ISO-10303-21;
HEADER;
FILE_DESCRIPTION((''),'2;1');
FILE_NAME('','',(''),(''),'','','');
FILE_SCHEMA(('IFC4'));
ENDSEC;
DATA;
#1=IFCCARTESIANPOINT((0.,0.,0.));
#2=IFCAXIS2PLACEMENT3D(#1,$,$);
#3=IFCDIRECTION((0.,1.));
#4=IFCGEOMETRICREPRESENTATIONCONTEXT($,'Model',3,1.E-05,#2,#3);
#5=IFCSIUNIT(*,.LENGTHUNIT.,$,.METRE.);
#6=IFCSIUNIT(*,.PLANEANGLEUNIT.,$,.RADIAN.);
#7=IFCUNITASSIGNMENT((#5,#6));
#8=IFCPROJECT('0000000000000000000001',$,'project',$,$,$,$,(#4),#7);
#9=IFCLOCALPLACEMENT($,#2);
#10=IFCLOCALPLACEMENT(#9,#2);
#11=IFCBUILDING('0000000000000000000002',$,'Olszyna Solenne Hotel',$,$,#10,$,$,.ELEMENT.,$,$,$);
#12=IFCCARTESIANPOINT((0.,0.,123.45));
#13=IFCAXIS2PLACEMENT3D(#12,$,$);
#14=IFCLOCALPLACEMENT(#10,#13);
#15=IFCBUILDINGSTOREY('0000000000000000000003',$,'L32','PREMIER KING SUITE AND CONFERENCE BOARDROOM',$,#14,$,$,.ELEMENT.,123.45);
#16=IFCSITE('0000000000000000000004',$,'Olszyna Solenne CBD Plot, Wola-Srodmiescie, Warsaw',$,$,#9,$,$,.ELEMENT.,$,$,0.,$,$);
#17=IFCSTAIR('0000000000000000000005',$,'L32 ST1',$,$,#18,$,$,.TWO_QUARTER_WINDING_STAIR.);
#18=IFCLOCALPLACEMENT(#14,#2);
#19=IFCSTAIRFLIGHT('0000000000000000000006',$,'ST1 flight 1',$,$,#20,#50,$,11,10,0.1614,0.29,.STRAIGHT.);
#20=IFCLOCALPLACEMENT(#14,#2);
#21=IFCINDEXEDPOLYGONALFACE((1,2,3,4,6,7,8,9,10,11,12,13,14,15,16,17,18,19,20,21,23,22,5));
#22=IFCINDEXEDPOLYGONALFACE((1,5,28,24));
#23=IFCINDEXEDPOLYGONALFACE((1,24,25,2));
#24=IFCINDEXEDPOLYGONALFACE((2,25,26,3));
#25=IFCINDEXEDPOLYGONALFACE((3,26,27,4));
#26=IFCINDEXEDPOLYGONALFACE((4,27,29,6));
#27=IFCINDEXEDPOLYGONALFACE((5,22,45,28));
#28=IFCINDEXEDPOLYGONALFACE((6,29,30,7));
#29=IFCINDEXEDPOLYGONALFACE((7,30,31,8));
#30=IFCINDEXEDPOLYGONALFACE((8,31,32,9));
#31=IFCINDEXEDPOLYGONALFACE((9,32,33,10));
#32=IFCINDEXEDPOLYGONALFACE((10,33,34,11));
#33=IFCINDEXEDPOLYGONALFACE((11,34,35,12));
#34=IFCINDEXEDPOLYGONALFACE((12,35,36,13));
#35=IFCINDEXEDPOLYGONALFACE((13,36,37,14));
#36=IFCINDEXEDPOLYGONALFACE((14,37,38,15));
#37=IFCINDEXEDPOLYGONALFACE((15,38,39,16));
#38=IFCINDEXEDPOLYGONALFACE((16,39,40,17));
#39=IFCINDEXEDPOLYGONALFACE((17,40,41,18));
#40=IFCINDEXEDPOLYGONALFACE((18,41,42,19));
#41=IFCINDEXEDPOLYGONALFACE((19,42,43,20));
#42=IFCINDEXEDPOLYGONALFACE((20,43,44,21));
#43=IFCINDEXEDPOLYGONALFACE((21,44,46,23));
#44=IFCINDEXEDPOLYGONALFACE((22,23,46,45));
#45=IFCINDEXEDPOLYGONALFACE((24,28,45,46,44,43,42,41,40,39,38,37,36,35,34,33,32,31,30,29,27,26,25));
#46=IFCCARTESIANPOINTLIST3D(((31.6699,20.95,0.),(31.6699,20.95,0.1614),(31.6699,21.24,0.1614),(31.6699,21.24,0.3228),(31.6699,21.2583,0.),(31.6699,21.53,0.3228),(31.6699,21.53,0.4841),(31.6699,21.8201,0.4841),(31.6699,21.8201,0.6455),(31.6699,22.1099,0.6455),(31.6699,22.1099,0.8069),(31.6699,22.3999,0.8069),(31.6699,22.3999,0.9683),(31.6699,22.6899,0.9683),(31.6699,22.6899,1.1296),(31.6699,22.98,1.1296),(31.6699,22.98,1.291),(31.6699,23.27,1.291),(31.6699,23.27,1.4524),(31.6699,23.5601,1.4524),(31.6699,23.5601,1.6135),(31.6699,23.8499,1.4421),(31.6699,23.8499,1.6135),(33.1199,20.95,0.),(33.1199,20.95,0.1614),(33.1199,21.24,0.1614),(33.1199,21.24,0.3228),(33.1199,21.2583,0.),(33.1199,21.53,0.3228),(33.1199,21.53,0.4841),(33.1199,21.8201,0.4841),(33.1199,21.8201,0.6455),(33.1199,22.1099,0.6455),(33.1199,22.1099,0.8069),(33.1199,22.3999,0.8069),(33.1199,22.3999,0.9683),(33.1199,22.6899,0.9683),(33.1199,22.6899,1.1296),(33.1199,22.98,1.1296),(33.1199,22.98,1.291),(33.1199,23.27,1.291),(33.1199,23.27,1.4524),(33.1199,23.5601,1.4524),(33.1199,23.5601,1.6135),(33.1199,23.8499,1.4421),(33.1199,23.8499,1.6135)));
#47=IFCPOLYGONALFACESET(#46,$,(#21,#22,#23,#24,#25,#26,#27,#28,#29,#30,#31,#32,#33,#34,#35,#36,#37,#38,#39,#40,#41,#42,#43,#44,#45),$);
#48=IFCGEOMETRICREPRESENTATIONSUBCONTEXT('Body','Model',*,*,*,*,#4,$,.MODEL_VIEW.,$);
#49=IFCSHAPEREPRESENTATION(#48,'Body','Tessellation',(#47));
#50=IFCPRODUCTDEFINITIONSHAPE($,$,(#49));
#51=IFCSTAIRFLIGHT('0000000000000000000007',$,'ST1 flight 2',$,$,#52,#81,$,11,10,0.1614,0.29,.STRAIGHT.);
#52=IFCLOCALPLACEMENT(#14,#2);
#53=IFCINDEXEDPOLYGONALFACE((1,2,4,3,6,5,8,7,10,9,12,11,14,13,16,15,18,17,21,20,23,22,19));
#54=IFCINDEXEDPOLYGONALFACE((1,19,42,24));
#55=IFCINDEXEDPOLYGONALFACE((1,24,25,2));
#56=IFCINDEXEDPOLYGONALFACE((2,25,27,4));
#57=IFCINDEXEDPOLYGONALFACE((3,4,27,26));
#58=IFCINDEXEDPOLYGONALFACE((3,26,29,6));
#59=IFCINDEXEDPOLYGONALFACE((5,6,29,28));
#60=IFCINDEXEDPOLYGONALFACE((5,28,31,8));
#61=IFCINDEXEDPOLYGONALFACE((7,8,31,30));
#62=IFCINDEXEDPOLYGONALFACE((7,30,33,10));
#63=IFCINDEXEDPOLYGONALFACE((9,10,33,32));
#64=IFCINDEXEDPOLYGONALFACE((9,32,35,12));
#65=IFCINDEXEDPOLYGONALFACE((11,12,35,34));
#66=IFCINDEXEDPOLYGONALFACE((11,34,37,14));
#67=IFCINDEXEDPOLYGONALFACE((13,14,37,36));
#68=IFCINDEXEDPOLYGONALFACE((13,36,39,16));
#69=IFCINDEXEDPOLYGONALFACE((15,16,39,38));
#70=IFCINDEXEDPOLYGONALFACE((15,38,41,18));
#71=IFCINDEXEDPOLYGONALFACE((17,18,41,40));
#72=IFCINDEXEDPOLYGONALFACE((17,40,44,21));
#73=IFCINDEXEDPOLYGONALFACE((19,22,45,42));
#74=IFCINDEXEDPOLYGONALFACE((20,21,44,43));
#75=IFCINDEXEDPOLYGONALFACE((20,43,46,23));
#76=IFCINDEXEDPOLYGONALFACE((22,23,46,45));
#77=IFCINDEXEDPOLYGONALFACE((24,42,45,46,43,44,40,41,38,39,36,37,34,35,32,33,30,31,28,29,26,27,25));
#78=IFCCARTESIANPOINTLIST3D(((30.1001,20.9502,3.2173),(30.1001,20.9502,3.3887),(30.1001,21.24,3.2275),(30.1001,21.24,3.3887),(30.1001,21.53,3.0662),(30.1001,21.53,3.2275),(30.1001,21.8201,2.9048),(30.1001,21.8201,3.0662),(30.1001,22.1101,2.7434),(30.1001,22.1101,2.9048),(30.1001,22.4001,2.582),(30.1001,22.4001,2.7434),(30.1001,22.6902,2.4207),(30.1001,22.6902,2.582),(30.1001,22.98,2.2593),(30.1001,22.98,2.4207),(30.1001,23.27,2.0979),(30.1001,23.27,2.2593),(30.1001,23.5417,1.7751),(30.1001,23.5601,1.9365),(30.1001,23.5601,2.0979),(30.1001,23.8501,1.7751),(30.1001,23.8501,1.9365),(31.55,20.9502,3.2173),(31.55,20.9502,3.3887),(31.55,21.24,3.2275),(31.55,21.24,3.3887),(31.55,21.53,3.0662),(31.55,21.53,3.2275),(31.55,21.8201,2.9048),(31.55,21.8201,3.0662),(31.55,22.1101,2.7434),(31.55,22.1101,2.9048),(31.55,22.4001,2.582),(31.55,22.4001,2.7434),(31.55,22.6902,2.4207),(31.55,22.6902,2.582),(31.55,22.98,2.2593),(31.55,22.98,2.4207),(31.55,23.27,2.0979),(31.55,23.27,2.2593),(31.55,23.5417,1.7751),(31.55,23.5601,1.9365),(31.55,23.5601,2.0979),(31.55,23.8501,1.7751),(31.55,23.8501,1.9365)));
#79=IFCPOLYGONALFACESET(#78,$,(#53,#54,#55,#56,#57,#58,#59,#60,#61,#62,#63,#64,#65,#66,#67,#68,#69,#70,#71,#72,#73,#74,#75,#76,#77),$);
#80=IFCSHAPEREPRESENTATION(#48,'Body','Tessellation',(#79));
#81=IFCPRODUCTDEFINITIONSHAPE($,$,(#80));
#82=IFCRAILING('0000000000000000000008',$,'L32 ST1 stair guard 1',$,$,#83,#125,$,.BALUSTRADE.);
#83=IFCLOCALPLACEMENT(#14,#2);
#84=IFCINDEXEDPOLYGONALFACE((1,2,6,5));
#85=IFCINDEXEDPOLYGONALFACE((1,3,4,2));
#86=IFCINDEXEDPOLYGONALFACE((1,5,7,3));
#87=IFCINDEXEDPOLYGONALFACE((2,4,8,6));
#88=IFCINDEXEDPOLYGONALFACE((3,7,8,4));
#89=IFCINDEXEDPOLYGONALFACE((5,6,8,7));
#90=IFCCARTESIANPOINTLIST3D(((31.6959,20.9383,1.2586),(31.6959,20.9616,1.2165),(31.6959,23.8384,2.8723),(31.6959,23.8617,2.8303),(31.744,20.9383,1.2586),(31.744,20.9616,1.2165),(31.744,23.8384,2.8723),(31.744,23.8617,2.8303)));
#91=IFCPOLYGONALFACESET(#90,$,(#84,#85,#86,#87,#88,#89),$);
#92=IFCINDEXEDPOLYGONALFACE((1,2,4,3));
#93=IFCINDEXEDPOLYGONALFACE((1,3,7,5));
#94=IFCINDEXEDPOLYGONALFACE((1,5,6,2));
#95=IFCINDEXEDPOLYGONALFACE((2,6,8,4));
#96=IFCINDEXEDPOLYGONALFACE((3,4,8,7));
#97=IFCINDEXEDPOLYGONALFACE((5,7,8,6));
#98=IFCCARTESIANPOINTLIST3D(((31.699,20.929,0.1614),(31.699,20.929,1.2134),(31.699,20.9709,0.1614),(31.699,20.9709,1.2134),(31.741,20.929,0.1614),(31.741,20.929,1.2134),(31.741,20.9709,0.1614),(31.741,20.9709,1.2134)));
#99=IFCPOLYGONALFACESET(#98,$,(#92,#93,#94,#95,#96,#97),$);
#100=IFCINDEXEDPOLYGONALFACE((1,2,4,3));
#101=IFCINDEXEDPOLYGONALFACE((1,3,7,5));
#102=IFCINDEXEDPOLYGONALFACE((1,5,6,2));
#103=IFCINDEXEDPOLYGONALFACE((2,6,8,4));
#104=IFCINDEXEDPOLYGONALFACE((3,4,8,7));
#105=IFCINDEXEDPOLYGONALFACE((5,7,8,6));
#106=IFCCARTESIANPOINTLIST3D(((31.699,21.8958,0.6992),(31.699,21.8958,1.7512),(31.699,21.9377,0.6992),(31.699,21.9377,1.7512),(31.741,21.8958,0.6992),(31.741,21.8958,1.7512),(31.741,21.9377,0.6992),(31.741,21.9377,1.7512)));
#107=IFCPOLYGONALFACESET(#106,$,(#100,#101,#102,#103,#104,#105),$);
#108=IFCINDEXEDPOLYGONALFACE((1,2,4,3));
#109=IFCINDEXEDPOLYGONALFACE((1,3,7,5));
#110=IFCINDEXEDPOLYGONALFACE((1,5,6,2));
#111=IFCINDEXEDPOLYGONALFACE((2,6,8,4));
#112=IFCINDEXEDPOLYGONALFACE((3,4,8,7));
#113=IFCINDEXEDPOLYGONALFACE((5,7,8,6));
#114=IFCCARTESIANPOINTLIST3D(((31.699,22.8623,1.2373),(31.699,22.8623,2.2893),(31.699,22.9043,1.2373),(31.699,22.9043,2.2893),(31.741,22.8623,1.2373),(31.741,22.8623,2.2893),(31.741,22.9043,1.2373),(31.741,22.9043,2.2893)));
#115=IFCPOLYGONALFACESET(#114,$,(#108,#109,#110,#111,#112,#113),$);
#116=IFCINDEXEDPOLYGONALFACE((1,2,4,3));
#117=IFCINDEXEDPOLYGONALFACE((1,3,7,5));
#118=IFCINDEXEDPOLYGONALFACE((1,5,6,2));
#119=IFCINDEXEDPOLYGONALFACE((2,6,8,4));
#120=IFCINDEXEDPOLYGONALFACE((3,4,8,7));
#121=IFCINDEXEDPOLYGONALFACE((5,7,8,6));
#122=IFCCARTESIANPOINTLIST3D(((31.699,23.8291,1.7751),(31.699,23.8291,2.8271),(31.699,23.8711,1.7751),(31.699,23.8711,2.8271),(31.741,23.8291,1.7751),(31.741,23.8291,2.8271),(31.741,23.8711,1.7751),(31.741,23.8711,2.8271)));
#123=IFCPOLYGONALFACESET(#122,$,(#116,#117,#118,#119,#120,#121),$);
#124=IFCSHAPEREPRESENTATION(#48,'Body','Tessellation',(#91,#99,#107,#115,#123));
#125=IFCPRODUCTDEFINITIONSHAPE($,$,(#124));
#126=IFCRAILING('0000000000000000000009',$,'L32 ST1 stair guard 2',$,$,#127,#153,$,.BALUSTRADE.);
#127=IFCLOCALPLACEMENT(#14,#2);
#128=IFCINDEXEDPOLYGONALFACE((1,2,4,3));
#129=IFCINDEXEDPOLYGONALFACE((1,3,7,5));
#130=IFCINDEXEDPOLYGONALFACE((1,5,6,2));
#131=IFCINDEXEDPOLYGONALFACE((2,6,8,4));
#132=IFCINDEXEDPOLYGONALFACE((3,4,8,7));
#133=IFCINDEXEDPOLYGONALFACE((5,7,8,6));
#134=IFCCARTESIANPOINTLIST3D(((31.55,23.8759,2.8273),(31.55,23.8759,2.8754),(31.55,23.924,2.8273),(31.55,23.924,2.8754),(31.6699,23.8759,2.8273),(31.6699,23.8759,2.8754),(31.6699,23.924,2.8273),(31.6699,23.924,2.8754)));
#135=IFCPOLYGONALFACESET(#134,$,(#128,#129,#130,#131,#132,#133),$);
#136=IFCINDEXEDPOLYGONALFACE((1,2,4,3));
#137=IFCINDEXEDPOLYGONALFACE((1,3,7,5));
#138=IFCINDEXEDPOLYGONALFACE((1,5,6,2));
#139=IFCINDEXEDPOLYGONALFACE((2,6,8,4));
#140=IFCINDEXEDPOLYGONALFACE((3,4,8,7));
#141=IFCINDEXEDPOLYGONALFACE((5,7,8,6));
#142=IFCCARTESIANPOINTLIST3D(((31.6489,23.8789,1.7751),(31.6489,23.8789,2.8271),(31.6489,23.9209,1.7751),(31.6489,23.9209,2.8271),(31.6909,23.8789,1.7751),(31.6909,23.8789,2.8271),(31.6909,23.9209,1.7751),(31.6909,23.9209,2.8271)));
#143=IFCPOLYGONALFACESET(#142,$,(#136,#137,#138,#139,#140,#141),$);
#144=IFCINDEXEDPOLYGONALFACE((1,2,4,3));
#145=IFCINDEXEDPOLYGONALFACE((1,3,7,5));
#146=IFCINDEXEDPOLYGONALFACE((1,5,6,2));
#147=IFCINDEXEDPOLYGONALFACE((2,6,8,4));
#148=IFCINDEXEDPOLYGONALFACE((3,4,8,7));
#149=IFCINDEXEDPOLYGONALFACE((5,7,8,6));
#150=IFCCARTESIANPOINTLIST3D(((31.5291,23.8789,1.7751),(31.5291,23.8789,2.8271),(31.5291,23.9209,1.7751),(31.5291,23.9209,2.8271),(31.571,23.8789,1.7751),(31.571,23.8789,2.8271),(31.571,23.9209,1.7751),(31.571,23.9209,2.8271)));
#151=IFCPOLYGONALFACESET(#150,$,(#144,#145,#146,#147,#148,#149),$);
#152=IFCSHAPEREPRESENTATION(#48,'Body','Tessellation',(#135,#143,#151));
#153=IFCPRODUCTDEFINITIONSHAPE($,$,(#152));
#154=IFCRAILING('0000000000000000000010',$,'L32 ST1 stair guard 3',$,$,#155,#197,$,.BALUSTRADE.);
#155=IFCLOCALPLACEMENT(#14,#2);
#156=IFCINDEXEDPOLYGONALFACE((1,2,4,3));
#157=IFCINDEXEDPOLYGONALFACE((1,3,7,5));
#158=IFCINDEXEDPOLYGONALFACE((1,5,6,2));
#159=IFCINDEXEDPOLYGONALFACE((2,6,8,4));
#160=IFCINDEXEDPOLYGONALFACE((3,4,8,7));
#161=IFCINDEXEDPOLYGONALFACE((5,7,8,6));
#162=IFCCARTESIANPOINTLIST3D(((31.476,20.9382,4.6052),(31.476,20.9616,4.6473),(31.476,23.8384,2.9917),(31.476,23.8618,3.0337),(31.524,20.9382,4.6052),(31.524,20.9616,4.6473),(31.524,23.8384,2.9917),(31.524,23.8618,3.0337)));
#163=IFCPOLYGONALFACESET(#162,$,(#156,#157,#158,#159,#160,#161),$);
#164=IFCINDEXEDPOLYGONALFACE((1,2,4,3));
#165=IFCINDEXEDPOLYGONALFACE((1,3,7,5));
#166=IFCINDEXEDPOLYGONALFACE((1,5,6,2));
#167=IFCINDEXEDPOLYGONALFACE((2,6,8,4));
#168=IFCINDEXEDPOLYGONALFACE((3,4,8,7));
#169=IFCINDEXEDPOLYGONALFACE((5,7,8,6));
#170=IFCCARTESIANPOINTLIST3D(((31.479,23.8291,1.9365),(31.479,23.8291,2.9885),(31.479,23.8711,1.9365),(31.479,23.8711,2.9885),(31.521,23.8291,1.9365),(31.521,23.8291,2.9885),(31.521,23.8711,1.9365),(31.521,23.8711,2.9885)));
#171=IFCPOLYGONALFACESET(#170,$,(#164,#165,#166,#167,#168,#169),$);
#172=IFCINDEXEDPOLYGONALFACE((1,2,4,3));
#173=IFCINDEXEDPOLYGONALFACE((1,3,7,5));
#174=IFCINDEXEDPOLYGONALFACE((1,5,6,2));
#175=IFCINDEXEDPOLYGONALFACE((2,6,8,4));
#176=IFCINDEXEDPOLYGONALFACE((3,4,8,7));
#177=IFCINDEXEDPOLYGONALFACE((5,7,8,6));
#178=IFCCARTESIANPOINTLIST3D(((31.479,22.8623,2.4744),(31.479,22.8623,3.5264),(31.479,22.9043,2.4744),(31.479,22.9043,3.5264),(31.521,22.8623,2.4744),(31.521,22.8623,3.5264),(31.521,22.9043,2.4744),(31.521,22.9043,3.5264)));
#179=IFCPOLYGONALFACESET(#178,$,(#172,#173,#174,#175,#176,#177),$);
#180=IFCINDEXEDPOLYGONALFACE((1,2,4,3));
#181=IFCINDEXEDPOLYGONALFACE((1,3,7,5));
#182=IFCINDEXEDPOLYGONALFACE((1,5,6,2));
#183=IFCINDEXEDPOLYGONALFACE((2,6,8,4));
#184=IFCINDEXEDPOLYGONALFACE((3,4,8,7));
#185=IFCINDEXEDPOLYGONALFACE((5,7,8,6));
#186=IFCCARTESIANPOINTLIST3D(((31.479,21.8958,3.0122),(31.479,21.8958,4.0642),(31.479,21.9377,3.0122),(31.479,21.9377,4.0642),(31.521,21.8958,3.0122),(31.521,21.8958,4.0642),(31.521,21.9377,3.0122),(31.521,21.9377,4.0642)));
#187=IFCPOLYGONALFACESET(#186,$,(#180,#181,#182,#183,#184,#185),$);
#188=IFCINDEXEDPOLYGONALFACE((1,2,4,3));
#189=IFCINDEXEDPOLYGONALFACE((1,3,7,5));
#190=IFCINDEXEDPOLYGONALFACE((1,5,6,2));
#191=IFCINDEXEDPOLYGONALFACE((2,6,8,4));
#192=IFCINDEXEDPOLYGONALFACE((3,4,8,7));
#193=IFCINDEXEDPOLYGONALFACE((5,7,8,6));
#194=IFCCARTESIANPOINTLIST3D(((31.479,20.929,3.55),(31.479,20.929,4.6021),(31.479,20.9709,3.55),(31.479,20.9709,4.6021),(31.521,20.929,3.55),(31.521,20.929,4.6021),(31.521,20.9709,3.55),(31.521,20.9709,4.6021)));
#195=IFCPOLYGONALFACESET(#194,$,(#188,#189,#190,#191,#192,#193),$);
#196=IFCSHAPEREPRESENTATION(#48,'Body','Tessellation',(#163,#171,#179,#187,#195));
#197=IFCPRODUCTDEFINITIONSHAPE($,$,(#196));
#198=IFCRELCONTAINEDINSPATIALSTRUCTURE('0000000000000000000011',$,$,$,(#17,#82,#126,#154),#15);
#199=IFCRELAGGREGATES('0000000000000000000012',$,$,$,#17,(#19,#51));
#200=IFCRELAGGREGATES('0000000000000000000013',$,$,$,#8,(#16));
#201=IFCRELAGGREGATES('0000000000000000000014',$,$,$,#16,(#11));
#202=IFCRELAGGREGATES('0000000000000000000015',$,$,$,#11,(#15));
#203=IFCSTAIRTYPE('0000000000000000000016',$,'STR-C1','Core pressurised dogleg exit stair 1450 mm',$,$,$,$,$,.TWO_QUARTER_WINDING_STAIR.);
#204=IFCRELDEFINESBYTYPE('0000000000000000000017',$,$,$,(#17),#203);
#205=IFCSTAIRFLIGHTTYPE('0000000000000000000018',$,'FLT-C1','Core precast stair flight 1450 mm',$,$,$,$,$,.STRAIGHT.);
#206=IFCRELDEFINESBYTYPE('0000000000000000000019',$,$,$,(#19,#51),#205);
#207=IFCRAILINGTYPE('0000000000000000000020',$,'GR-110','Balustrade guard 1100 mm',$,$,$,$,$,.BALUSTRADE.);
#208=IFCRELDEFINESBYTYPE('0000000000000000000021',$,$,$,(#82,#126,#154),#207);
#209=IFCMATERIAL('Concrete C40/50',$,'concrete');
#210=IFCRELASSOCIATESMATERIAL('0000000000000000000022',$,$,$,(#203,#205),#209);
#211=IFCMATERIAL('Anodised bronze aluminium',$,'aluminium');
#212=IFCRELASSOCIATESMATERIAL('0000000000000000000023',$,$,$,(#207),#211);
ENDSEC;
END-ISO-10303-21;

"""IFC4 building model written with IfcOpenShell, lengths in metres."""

from ifc_helpers import new_model, si_unit, direction, frame, origin, origin_2d, place, context, subcontext, project, spatial, polyline, rectangle, outline, extrude, material, type_object, element, aggregate, save


model = new_model("IFC4")

# Units and contexts
model_context = context("Model", 3, precision=1e-05, world=origin(), true_north=direction((0.0, 1.0)))
body_context = subcontext(model_context, "Body", "Model", "MODEL_VIEW")
ifc_project = project(units=[si_unit("LENGTHUNIT", "METRE"), si_unit("PLANEANGLEUNIT", "RADIAN")], contexts=[model_context])

# Site, building, storey
site_placement = place(None, origin())
site = spatial("IfcSite", under=ifc_project, at=site_placement, Name="Olszyna Solenne CBD Plot, Wola-Srodmiescie, Warsaw", CompositionType="ELEMENT", RefElevation=0.0)
building_placement = place(site_placement, origin())
building = spatial("IfcBuilding", under=site, at=building_placement, Name="Olszyna Solenne Hotel", CompositionType="ELEMENT")
storey_placement = place(building_placement, frame((0.0, 0.0, 123.45)))
storey = spatial("IfcBuildingStorey", under=building, at=storey_placement, Name="L32", Description="PREMIER KING SUITE AND CONFERENCE BOARDROOM", CompositionType="ELEMENT", Elevation=123.45)

# Shared definitions
ifc_material_1 = material(Name="Anodised bronze aluminium", Category="aluminium")

# Stair, stair flights
ifc_material_2 = material(Name="Concrete C40/50", Category="concrete")
stair_type = type_object("IfcStairType", Name="STR-C1", Description="Core pressurised dogleg exit stair 1450 mm", PredefinedType="TWO_QUARTER_WINDING_STAIR", material=ifc_material_2)
stair_placement = place(storey_placement, origin())
stair = element("IfcStair", 1, at=stair_placement, inside=storey, type_object=stair_type, Name="L32 ST1", PredefinedType="TWO_QUARTER_WINDING_STAIR")
stair_flight_type = type_object("IfcStairFlightType", Name="FLT-C1", Description="Core precast stair flight 1450 mm", PredefinedType="STRAIGHT", material=ifc_material_2)
stair_flight_1_placement = place(storey_placement, frame((32.395, 20.95, 0.0), z_axis=(0.0, 0.0, 1.0), x_axis=(0.0, 1.0, 0.0)))
stair_flight_1 = element("IfcStairFlight", 2, at=stair_flight_1_placement, type_object=stair_flight_type, Name="ST1 flight 1", NumberOfRisers=11, NumberOfTreads=10, PredefinedType="STRAIGHT", RiserHeight=0.1614, TreadLength=0.29, context=body_context, shape_type="SweptSolid", body=[
    extrude(outline(polyline([(0.0, 0.0), (0.0, 0.1614), (0.29, 0.1614), (0.29, 0.3228), (0.5801, 0.3228), (0.5801, 0.4841), (0.8701, 0.4841), (0.8701, 0.6455), (1.1599, 0.6455), (1.1599, 0.8069), (1.45, 0.8069), (1.45, 0.9683), (1.74, 0.9683), (1.74, 1.1296), (2.03, 1.1296), (2.03, 1.291), (2.3201, 1.291), (2.3201, 1.4524), (2.6101, 1.4524), (2.6101, 1.6135), (2.8999, 1.6135), (2.8999, 1.7749), (2.8999, 1.4421), (0.3083, 0.0), (0.0, 0.0)])), frame((0.0, 0.7251, 0.0), z_axis=(0.0, -1.0, 0.0), x_axis=(1.0, 0.0, 0.0)), (0.0, 0.0, 1.0), 1.45),
])
stair_flight_2_placement = place(storey_placement, frame((30.825, 23.8501, 1.7751), z_axis=(0.0, 0.0, 1.0), x_axis=(0.0, -1.0, 0.0)))
stair_flight_2 = element("IfcStairFlight", 3, at=stair_flight_2_placement, type_object=stair_flight_type, Name="ST1 flight 2", NumberOfRisers=11, NumberOfTreads=10, PredefinedType="STRAIGHT", RiserHeight=0.1614, TreadLength=0.29, context=body_context, shape_type="SweptSolid", body=[
    extrude(outline(polyline([(0.0, 0.0), (0.0, 0.1614), (0.29, 0.1614), (0.29, 0.3228), (0.5801, 0.3228), (0.5801, 0.4841), (0.8701, 0.4841), (0.8701, 0.6455), (1.1599, 0.6455), (1.1599, 0.8069), (1.45, 0.8069), (1.45, 0.9683), (1.74, 0.9683), (1.74, 1.1296), (2.03, 1.1296), (2.03, 1.291), (2.3201, 1.291), (2.3201, 1.4524), (2.6101, 1.4524), (2.6101, 1.6135), (2.8999, 1.6135), (2.8999, 1.7749), (2.8999, 1.4421), (0.3083, 0.0), (0.0, 0.0)])), frame((0.0, 0.7251, 0.0), z_axis=(0.0, -1.0, 0.0), x_axis=(1.0, 0.0, 0.0)), (0.0, 0.0, 1.0), 1.45),
])
aggregate(stair, [stair_flight_1, stair_flight_2])

# Railings
railing_type_1 = type_object("IfcRailingType", Name="GR-110", Description="Balustrade guard 1100 mm", PredefinedType="BALUSTRADE", material=ifc_material_1)
railing_1_placement = place(storey_placement, frame((31.72, 20.95, 0.1614)))
element("IfcRailing", 4, at=railing_1_placement, inside=storey, type_object=railing_type_1, Name="L32 ST1 stair guard 1", PredefinedType="BALUSTRADE", context=body_context, shape_type="SweptSolid", body=[
    extrude(rectangle(XDim=0.0481, YDim=0.0481, at=origin_2d()), frame((0.0, 0.0, 1.0762), z_axis=(0.0, 0.873827, 0.486236), x_axis=(-1.0, 0.0, 0.0)), (0.0, 0.0, 1.0), 3.3188),
    extrude(rectangle(XDim=0.042, YDim=0.042, at=origin_2d()), origin(), (0.0, 0.0, 1.0), 1.052),
    extrude(rectangle(XDim=0.042, YDim=0.042, at=origin_2d()), frame((0.0, 0.9668, 0.5378)), (0.0, 0.0, 1.0), 1.052),
    extrude(rectangle(XDim=0.042, YDim=0.042, at=origin_2d()), frame((0.0, 1.9333, 1.0759)), (0.0, 0.0, 1.0), 1.052),
    extrude(rectangle(XDim=0.042, YDim=0.042, at=origin_2d()), frame((0.0, 2.9001, 1.6138)), (0.0, 0.0, 1.0), 1.052),
])
railing_2_placement = place(storey_placement, frame((31.6699, 23.8999, 1.7751)))
element("IfcRailing", 5, at=railing_2_placement, inside=storey, type_object=railing_type_1, Name="L32 ST1 stair guard 2", PredefinedType="BALUSTRADE", context=body_context, shape_type="SweptSolid", body=[
    extrude(rectangle(XDim=0.0481, YDim=0.0481, at=origin_2d()), frame((0.0, 0.0, 1.0762), z_axis=(-1.0, 0.0, 0.0), x_axis=(0.0, -1.0, 0.0)), (0.0, 0.0, 1.0), 0.1199),
    extrude(rectangle(XDim=0.042, YDim=0.042, at=origin_2d()), origin(), (0.0, 0.0, 1.0), 1.052),
    extrude(rectangle(XDim=0.042, YDim=0.042, at=origin_2d()), frame((-0.1199, 0.0, 0.0)), (0.0, 0.0, 1.0), 1.052),
])
railing_3_placement = place(storey_placement, frame((31.5, 23.8501, 1.9365)))
element("IfcRailing", 6, at=railing_3_placement, inside=storey, type_object=railing_type_1, Name="L32 ST1 stair guard 3", PredefinedType="BALUSTRADE", context=body_context, shape_type="SweptSolid", body=[
    extrude(rectangle(XDim=0.0481, YDim=0.0481, at=origin_2d()), frame((0.0, 0.0, 1.0762), z_axis=(0.0, -0.873859, 0.48618), x_axis=(1.0, 0.0, 0.0)), (0.0, 0.0, 1.0), 3.3188),
    extrude(rectangle(XDim=0.042, YDim=0.042, at=origin_2d()), origin(), (0.0, 0.0, 1.0), 1.052),
    extrude(rectangle(XDim=0.042, YDim=0.042, at=origin_2d()), frame((0.0, -0.9668, 0.5378)), (0.0, 0.0, 1.0), 1.052),
    extrude(rectangle(XDim=0.042, YDim=0.042, at=origin_2d()), frame((0.0, -1.9333, 1.0757)), (0.0, 0.0, 1.0), 1.052),
    extrude(rectangle(XDim=0.042, YDim=0.042, at=origin_2d()), frame((0.0, -2.9001, 1.6135)), (0.0, 0.0, 1.0), 1.052),
])

save(model, "model.ifc")
